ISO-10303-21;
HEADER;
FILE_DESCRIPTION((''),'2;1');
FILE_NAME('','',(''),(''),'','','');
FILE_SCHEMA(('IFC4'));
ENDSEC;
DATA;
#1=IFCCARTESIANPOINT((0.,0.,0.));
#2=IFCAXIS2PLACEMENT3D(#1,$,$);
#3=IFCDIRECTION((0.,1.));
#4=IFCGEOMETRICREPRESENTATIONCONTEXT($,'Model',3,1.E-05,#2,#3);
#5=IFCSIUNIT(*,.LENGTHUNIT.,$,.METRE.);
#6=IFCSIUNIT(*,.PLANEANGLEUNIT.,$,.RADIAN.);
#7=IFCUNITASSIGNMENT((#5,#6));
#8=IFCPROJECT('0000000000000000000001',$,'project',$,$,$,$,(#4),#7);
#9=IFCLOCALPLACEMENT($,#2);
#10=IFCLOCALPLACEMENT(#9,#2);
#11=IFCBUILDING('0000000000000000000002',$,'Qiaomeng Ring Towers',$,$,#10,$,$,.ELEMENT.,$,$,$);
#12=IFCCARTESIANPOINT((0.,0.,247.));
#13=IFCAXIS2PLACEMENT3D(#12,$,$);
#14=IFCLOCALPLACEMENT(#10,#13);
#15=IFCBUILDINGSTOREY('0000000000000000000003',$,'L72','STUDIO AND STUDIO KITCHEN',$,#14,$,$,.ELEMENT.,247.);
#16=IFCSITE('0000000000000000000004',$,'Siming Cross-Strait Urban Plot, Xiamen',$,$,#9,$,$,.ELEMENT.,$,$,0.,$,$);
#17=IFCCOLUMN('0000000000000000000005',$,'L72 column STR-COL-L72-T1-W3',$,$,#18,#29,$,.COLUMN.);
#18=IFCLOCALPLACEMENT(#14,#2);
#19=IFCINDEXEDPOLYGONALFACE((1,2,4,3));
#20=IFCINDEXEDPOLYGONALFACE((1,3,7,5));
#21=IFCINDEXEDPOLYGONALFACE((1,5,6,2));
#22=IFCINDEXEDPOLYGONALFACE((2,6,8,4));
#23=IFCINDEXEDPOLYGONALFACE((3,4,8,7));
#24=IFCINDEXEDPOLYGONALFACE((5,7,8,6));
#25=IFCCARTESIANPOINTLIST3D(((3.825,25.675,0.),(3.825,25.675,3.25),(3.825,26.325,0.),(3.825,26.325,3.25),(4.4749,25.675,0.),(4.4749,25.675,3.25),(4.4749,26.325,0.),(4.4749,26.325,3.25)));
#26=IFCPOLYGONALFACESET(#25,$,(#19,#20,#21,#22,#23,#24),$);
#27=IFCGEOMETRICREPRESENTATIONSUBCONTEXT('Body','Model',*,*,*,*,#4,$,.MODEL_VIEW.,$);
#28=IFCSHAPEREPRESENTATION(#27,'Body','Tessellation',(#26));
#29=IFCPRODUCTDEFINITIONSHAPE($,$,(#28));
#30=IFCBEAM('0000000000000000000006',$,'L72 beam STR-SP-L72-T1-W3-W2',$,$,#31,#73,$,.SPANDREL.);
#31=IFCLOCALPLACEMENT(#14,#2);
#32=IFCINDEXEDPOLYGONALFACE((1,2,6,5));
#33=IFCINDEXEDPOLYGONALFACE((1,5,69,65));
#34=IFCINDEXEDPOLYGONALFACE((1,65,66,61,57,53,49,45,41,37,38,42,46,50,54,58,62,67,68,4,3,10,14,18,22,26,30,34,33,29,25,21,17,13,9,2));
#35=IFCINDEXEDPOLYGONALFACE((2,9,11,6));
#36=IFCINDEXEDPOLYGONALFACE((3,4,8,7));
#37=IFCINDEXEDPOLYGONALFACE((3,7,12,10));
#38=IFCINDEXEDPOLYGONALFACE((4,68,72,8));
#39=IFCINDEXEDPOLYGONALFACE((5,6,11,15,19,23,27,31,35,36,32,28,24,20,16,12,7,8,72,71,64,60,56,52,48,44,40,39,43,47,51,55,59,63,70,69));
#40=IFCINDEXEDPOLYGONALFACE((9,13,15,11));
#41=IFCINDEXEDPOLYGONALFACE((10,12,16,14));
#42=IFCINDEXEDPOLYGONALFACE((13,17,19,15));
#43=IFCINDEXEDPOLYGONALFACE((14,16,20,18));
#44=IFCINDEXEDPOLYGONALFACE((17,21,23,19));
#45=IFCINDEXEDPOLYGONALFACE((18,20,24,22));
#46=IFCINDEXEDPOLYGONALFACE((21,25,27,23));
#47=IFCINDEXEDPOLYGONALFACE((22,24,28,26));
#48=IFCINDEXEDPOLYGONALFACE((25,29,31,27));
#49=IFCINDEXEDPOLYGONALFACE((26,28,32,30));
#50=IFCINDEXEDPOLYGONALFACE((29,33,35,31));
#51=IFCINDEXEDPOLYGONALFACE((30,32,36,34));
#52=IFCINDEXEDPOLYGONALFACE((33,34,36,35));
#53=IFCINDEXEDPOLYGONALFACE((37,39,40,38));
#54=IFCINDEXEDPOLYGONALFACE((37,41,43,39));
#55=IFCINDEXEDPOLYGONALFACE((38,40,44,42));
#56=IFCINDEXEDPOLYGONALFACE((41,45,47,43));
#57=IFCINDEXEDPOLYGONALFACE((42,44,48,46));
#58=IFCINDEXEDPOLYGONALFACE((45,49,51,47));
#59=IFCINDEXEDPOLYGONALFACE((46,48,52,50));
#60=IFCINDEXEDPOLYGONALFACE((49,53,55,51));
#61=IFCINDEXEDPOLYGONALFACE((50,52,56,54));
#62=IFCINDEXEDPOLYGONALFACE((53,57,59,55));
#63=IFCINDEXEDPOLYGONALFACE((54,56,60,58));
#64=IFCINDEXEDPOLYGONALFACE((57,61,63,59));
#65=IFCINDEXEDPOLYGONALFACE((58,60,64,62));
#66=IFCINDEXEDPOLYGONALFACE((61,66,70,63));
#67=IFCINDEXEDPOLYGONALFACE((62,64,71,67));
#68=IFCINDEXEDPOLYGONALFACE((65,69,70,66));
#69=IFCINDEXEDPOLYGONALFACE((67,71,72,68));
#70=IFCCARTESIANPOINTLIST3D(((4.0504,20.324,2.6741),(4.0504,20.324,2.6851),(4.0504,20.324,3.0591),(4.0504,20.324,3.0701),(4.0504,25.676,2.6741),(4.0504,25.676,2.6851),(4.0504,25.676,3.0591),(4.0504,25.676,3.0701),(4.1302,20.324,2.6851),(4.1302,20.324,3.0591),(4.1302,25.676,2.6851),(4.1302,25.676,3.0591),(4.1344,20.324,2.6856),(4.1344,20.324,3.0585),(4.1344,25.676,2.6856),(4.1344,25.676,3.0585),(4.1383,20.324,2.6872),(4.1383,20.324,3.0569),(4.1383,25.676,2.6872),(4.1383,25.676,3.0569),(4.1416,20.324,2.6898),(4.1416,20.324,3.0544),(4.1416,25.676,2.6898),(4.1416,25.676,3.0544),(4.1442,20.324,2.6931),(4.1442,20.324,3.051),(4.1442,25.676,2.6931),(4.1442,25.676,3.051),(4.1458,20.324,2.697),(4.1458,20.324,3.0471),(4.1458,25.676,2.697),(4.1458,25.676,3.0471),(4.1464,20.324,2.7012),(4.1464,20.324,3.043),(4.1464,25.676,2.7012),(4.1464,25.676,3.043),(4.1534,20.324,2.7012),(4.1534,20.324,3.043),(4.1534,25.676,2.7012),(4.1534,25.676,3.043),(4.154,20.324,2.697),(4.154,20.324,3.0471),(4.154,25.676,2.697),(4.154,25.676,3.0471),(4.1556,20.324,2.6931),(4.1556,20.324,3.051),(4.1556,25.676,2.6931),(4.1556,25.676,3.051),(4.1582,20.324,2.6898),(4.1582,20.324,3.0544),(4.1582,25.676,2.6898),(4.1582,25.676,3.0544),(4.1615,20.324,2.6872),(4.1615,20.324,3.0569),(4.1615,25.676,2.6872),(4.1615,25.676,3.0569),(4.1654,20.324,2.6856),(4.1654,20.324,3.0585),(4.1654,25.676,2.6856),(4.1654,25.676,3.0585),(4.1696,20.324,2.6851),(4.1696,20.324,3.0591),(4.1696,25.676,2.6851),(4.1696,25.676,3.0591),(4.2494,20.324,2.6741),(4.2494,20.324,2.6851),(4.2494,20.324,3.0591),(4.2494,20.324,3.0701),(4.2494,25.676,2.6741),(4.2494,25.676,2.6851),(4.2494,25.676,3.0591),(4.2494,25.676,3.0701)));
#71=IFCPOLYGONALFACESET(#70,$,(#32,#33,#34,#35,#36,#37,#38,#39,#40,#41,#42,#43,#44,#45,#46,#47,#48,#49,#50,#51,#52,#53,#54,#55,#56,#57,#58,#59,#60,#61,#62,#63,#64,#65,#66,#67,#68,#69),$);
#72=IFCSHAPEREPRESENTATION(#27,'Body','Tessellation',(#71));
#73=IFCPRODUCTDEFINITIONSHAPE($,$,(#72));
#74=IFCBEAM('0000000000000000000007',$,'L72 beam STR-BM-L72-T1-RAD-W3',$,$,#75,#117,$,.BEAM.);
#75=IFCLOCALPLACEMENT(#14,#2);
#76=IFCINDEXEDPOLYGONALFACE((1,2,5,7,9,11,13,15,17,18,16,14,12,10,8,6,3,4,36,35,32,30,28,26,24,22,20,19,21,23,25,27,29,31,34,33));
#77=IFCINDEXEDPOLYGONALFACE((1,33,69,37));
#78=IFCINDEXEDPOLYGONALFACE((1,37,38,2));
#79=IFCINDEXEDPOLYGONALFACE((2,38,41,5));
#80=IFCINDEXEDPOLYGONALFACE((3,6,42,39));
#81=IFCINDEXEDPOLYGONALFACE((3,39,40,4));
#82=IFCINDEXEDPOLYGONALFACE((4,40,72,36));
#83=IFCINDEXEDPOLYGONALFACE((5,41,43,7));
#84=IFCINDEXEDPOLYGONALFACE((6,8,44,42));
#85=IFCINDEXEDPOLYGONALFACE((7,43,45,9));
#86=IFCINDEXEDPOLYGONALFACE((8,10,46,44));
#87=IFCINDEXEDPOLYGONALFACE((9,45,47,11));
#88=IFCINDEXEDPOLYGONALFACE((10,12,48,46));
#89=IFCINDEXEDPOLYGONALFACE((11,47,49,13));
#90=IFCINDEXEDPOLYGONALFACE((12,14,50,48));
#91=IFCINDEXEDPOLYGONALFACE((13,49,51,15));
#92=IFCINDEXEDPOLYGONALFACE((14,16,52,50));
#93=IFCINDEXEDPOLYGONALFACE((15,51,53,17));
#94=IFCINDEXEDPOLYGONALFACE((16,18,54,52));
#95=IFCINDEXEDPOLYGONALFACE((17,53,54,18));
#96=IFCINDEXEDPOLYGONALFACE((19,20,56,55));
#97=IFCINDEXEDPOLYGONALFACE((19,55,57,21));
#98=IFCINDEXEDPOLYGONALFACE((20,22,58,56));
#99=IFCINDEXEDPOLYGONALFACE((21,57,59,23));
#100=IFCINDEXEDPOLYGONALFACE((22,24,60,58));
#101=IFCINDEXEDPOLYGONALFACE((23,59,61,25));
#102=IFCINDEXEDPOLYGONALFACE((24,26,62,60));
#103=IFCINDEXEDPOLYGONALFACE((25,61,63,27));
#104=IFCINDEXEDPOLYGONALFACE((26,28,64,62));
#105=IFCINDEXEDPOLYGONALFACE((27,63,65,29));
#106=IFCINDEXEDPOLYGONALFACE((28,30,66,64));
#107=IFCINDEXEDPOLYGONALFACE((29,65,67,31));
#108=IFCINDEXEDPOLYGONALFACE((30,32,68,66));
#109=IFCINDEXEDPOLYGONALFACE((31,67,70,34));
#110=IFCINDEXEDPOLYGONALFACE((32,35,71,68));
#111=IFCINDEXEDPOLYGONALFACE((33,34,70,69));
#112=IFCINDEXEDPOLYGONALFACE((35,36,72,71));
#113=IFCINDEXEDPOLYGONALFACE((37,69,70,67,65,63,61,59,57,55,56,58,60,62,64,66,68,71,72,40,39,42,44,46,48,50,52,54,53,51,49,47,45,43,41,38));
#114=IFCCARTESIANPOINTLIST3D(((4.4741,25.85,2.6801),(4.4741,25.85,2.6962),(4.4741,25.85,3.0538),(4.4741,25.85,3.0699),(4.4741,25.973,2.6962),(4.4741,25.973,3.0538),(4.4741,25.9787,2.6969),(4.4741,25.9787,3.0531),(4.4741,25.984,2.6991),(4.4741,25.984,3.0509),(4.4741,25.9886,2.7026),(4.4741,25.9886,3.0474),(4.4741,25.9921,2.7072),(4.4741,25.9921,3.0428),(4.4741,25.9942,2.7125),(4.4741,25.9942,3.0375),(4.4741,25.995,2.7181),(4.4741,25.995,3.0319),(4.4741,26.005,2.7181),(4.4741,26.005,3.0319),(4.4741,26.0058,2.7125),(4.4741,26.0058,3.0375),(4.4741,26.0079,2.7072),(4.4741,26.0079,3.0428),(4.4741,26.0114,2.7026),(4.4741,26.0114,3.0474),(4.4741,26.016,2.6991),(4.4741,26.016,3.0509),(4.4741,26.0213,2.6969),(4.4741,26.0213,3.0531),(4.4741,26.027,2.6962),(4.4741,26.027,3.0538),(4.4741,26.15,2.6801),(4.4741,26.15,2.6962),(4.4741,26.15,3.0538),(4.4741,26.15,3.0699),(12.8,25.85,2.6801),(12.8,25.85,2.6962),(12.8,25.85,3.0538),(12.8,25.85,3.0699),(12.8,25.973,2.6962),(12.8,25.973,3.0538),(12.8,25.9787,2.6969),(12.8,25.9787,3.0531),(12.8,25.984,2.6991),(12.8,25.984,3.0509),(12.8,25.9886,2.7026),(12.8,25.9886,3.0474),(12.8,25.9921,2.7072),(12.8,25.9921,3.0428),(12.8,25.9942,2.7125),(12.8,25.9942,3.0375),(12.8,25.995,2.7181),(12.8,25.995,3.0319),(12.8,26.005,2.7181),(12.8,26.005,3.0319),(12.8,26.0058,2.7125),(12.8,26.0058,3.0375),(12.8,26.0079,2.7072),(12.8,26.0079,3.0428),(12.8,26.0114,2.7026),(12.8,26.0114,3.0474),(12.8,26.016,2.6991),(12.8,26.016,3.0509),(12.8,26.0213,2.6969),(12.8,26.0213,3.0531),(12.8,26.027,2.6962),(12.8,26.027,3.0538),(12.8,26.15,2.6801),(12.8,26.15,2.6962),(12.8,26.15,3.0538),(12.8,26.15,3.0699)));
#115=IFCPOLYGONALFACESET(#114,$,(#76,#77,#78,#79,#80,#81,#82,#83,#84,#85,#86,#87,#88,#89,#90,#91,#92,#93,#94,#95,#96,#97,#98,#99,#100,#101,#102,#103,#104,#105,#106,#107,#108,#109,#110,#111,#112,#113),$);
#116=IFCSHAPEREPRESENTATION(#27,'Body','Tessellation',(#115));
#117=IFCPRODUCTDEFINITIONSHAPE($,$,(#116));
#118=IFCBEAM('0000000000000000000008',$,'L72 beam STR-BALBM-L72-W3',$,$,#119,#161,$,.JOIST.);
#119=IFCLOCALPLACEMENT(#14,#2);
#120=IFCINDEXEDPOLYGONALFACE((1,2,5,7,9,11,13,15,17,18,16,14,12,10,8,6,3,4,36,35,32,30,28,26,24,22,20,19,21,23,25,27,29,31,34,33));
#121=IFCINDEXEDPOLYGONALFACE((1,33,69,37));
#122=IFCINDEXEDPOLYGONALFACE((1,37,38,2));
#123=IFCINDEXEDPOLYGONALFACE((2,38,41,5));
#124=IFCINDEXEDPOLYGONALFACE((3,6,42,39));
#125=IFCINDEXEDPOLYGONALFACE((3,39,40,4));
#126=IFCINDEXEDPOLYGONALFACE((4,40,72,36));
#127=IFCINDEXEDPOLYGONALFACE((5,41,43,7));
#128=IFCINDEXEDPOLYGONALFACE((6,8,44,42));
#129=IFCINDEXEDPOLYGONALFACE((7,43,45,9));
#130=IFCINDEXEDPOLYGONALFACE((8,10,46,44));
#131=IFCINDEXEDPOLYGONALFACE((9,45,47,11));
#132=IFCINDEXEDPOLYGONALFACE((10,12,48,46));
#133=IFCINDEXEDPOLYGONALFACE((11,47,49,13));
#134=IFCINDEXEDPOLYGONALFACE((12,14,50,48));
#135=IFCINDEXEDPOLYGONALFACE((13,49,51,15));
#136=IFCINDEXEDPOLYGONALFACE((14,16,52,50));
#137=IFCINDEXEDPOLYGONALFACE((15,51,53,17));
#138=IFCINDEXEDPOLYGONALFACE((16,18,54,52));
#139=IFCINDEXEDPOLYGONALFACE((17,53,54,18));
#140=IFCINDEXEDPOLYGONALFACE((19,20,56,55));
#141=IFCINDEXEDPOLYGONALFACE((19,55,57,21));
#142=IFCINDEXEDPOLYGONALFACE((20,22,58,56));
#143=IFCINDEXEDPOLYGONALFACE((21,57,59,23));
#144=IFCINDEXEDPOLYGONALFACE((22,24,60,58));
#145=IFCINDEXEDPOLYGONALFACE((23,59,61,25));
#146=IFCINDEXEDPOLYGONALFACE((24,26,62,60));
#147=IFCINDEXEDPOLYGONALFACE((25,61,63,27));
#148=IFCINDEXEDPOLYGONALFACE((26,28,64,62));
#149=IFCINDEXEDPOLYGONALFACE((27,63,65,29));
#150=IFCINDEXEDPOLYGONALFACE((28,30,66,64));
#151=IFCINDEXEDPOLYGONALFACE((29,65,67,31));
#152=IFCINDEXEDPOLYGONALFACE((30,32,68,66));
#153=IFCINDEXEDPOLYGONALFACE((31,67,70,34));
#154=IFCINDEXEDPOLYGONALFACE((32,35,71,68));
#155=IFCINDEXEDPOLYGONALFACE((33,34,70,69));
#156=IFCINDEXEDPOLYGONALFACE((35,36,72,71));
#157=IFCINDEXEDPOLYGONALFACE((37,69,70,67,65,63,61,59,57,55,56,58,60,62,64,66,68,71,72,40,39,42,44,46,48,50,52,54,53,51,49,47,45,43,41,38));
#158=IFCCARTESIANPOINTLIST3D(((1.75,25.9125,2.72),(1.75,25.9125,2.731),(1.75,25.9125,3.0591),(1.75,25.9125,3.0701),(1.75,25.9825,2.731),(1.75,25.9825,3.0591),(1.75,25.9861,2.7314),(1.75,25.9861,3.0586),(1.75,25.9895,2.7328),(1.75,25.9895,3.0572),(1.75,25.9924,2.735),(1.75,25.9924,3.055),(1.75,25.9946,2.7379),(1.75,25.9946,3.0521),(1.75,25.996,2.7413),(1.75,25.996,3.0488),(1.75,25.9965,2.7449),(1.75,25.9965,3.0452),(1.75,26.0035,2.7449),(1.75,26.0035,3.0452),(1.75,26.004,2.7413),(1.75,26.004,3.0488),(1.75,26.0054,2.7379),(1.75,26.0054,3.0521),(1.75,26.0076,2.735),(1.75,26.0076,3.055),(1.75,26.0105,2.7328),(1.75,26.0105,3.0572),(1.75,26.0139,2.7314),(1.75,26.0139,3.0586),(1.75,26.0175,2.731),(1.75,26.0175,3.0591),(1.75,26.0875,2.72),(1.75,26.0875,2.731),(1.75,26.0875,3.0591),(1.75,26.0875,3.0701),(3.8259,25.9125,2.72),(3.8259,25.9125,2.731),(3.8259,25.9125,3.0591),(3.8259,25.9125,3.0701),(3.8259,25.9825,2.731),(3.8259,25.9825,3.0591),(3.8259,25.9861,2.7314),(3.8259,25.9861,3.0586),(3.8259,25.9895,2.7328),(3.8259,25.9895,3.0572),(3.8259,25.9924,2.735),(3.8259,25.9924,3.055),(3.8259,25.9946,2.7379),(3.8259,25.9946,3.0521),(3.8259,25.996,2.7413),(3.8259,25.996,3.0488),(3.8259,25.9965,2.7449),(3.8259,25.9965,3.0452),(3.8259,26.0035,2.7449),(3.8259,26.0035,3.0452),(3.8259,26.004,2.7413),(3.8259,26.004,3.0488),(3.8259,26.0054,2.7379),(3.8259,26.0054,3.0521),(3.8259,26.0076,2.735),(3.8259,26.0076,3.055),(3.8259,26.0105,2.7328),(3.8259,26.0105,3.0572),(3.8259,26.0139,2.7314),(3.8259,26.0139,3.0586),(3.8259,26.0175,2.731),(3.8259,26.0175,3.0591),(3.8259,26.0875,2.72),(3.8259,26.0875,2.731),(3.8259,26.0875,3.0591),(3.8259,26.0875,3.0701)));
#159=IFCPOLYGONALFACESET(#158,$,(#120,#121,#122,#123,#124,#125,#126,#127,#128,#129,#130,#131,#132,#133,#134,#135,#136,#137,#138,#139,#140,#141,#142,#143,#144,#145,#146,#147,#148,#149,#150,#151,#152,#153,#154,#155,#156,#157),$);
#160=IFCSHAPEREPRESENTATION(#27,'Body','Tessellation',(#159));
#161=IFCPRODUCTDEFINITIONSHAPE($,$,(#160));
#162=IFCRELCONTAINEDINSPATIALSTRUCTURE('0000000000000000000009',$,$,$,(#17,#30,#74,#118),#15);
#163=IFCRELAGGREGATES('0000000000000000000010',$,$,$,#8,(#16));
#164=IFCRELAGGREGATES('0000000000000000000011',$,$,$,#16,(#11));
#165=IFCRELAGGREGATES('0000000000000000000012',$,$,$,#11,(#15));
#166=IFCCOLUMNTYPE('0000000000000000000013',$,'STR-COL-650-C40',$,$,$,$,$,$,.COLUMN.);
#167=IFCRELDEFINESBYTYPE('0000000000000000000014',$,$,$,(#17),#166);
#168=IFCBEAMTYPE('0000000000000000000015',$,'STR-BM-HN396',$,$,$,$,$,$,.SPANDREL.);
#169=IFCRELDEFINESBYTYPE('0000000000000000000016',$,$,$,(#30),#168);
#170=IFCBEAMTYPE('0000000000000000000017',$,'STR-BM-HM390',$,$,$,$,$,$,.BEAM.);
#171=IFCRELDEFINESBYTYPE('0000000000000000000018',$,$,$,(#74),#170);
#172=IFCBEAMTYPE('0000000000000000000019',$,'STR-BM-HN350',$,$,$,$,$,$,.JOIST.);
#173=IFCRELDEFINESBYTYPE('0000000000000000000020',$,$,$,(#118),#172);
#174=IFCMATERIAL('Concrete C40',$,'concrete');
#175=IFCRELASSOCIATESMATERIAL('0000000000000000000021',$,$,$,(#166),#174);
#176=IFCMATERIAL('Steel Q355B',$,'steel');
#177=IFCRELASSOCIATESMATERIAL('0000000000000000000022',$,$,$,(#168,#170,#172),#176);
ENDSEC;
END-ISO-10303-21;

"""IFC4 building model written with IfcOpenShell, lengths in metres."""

from ifc_helpers import new_model, si_unit, direction, frame, origin, origin_2d, place, context, subcontext, project, spatial, rectangle, i_section, extrude, source, transform, mapped, material, material_profile, profile_set, type_object, element, save


model = new_model("IFC4")

# Units and contexts
model_context = context("Model", 3, precision=1e-05, world=origin(), true_north=direction((0.0, 1.0)))
body_context = subcontext(model_context, "Body", "Model", "MODEL_VIEW")
ifc_project = project(units=[si_unit("LENGTHUNIT", "METRE"), si_unit("PLANEANGLEUNIT", "RADIAN")], contexts=[model_context])

# Site, building, storey
site_placement = place(None, origin())
site = spatial("IfcSite", under=ifc_project, at=site_placement, Name="Siming Cross-Strait Urban Plot, Xiamen", CompositionType="ELEMENT", RefElevation=0.0)
building_placement = place(site_placement, origin())
building = spatial("IfcBuilding", under=site, at=building_placement, Name="Qiaomeng Ring Towers", CompositionType="ELEMENT")
storey_placement = place(building_placement, frame((0.0, 0.0, 247.0)))
storey = spatial("IfcBuildingStorey", under=building, at=storey_placement, Name="L72", Description="STUDIO AND STUDIO KITCHEN", CompositionType="ELEMENT", Elevation=247.0)

# Column
ifc_material_1 = material(Name="Concrete C40", Category="concrete")
ifc_material_profile_1 = material_profile(ifc_material_1, rectangle(XDim=0.6499, YDim=0.6499, at=origin_2d()), Name="RC COL 650x650")
ifc_profile_set_1 = profile_set([ifc_material_profile_1], Name="Concrete C40")
column_type = type_object("IfcColumnType", Name="STR-COL-650-C40", PredefinedType="COLUMN", material=ifc_profile_set_1)
shared_shape_1 = source(origin(), body_context, "Body", "SweptSolid", [
    extrude(rectangle(XDim=0.6499, YDim=0.6499, at=origin_2d()), origin(), (0.0, 0.0, 1.0), 3.25),
])
column_placement = place(storey_placement, frame((4.1499, 26.0, 0.0), z_axis=(0.0, 0.0, 1.0), x_axis=(1.0, 0.0, 0.0)))
element("IfcColumn", 1, at=column_placement, inside=storey, type_object=column_type, Name="L72 column STR-COL-L72-T1-W3", PredefinedType="COLUMN", context=body_context, shape_type="MappedRepresentation", body=[
    mapped(shared_shape_1, transform((0.0, 0.0, 0.0), x_axis=(1.0, 0.0, 0.0), y_axis=(0.0, 1.0, 0.0), z_axis=(0.0, 0.0, 1.0), scale=1.0)),
])

# Beams
ifc_material_2 = material(Name="Steel Q355B", Category="steel")
ifc_material_profile_2 = material_profile(ifc_material_2, i_section(OverallWidth=0.199, OverallDepth=0.396, WebThickness=0.0071, FlangeThickness=0.011, FilletRadius=0.0161, at=origin_2d()), Name="HN 396x199x7x11")
ifc_profile_set_2 = profile_set([ifc_material_profile_2], Name="Steel Q355B")
beam_type_1 = type_object("IfcBeamType", Name="STR-BM-HN396", PredefinedType="SPANDREL", material=ifc_profile_set_2)
shared_shape_2 = source(origin(), body_context, "Body", "SweptSolid", [
    extrude(i_section(OverallWidth=0.199, OverallDepth=0.396, WebThickness=0.0071, FlangeThickness=0.011, FilletRadius=0.0161, at=origin_2d()), origin(), (0.0, 0.0, 1.0), 5.3521),
])
beam_1_placement = place(storey_placement, frame((4.1499, 25.676, 2.8721), z_axis=(0.0, -1.0, 0.0), x_axis=(1.0, 0.0, 0.0)))
element("IfcBeam", 2, at=beam_1_placement, inside=storey, type_object=beam_type_1, Name="L72 beam STR-SP-L72-T1-W3-W2", PredefinedType="SPANDREL", context=body_context, shape_type="MappedRepresentation", body=[
    mapped(shared_shape_2, transform((0.0, 0.0, 0.0), x_axis=(1.0, 0.0, 0.0), y_axis=(0.0, 1.0, 0.0), z_axis=(0.0, 0.0, 1.0), scale=1.0)),
])
ifc_material_profile_3 = material_profile(ifc_material_2, i_section(OverallWidth=0.3, OverallDepth=0.3899, WebThickness=0.01, FlangeThickness=0.0161, FilletRadius=0.022, at=origin_2d()), Name="HM 390x300x10x16")
ifc_profile_set_3 = profile_set([ifc_material_profile_3], Name="Steel Q355B")
beam_type_2 = type_object("IfcBeamType", Name="STR-BM-HM390", PredefinedType="BEAM", material=ifc_profile_set_3)
shared_shape_3 = source(origin(), body_context, "Body", "SweptSolid", [
    extrude(i_section(OverallWidth=0.3, OverallDepth=0.3899, WebThickness=0.01, FlangeThickness=0.0161, FilletRadius=0.022, at=origin_2d()), origin(), (0.0, 0.0, 1.0), 8.3259),
])
beam_2_placement = place(storey_placement, frame((4.4741, 26.0, 2.875), z_axis=(1.0, 0.0, 0.0), x_axis=(0.0, 1.0, 0.0)))
element("IfcBeam", 3, at=beam_2_placement, inside=storey, type_object=beam_type_2, Name="L72 beam STR-BM-L72-T1-RAD-W3", PredefinedType="BEAM", context=body_context, shape_type="MappedRepresentation", body=[
    mapped(shared_shape_3, transform((0.0, 0.0, 0.0), x_axis=(1.0, 0.0, 0.0), y_axis=(0.0, 1.0, 0.0), z_axis=(0.0, 0.0, 1.0), scale=1.0)),
])
ifc_material_profile_4 = material_profile(ifc_material_2, i_section(OverallWidth=0.175, OverallDepth=0.3501, WebThickness=0.0071, FlangeThickness=0.011, FilletRadius=0.0139, at=origin_2d()), Name="HN 350x175x7x11")
ifc_profile_set_4 = profile_set([ifc_material_profile_4], Name="Steel Q355B")
beam_type_3 = type_object("IfcBeamType", Name="STR-BM-HN350", PredefinedType="JOIST", material=ifc_profile_set_4)
shared_shape_4 = source(origin(), body_context, "Body", "SweptSolid", [
    extrude(i_section(OverallWidth=0.175, OverallDepth=0.3501, WebThickness=0.0071, FlangeThickness=0.011, FilletRadius=0.0139, at=origin_2d()), origin(), (0.0, 0.0, 1.0), 2.0759),
])
beam_3_placement = place(storey_placement, frame((1.75, 26.0, 2.895), z_axis=(1.0, 0.0, 0.0), x_axis=(0.0, 1.0, 0.0)))
element("IfcBeam", 4, at=beam_3_placement, inside=storey, type_object=beam_type_3, Name="L72 beam STR-BALBM-L72-W3", PredefinedType="JOIST", context=body_context, shape_type="MappedRepresentation", body=[
    mapped(shared_shape_4, transform((0.0, 0.0, 0.0), x_axis=(1.0, 0.0, 0.0), y_axis=(0.0, 1.0, 0.0), z_axis=(0.0, 0.0, 1.0), scale=1.0)),
])

save(model, "model.ifc")
